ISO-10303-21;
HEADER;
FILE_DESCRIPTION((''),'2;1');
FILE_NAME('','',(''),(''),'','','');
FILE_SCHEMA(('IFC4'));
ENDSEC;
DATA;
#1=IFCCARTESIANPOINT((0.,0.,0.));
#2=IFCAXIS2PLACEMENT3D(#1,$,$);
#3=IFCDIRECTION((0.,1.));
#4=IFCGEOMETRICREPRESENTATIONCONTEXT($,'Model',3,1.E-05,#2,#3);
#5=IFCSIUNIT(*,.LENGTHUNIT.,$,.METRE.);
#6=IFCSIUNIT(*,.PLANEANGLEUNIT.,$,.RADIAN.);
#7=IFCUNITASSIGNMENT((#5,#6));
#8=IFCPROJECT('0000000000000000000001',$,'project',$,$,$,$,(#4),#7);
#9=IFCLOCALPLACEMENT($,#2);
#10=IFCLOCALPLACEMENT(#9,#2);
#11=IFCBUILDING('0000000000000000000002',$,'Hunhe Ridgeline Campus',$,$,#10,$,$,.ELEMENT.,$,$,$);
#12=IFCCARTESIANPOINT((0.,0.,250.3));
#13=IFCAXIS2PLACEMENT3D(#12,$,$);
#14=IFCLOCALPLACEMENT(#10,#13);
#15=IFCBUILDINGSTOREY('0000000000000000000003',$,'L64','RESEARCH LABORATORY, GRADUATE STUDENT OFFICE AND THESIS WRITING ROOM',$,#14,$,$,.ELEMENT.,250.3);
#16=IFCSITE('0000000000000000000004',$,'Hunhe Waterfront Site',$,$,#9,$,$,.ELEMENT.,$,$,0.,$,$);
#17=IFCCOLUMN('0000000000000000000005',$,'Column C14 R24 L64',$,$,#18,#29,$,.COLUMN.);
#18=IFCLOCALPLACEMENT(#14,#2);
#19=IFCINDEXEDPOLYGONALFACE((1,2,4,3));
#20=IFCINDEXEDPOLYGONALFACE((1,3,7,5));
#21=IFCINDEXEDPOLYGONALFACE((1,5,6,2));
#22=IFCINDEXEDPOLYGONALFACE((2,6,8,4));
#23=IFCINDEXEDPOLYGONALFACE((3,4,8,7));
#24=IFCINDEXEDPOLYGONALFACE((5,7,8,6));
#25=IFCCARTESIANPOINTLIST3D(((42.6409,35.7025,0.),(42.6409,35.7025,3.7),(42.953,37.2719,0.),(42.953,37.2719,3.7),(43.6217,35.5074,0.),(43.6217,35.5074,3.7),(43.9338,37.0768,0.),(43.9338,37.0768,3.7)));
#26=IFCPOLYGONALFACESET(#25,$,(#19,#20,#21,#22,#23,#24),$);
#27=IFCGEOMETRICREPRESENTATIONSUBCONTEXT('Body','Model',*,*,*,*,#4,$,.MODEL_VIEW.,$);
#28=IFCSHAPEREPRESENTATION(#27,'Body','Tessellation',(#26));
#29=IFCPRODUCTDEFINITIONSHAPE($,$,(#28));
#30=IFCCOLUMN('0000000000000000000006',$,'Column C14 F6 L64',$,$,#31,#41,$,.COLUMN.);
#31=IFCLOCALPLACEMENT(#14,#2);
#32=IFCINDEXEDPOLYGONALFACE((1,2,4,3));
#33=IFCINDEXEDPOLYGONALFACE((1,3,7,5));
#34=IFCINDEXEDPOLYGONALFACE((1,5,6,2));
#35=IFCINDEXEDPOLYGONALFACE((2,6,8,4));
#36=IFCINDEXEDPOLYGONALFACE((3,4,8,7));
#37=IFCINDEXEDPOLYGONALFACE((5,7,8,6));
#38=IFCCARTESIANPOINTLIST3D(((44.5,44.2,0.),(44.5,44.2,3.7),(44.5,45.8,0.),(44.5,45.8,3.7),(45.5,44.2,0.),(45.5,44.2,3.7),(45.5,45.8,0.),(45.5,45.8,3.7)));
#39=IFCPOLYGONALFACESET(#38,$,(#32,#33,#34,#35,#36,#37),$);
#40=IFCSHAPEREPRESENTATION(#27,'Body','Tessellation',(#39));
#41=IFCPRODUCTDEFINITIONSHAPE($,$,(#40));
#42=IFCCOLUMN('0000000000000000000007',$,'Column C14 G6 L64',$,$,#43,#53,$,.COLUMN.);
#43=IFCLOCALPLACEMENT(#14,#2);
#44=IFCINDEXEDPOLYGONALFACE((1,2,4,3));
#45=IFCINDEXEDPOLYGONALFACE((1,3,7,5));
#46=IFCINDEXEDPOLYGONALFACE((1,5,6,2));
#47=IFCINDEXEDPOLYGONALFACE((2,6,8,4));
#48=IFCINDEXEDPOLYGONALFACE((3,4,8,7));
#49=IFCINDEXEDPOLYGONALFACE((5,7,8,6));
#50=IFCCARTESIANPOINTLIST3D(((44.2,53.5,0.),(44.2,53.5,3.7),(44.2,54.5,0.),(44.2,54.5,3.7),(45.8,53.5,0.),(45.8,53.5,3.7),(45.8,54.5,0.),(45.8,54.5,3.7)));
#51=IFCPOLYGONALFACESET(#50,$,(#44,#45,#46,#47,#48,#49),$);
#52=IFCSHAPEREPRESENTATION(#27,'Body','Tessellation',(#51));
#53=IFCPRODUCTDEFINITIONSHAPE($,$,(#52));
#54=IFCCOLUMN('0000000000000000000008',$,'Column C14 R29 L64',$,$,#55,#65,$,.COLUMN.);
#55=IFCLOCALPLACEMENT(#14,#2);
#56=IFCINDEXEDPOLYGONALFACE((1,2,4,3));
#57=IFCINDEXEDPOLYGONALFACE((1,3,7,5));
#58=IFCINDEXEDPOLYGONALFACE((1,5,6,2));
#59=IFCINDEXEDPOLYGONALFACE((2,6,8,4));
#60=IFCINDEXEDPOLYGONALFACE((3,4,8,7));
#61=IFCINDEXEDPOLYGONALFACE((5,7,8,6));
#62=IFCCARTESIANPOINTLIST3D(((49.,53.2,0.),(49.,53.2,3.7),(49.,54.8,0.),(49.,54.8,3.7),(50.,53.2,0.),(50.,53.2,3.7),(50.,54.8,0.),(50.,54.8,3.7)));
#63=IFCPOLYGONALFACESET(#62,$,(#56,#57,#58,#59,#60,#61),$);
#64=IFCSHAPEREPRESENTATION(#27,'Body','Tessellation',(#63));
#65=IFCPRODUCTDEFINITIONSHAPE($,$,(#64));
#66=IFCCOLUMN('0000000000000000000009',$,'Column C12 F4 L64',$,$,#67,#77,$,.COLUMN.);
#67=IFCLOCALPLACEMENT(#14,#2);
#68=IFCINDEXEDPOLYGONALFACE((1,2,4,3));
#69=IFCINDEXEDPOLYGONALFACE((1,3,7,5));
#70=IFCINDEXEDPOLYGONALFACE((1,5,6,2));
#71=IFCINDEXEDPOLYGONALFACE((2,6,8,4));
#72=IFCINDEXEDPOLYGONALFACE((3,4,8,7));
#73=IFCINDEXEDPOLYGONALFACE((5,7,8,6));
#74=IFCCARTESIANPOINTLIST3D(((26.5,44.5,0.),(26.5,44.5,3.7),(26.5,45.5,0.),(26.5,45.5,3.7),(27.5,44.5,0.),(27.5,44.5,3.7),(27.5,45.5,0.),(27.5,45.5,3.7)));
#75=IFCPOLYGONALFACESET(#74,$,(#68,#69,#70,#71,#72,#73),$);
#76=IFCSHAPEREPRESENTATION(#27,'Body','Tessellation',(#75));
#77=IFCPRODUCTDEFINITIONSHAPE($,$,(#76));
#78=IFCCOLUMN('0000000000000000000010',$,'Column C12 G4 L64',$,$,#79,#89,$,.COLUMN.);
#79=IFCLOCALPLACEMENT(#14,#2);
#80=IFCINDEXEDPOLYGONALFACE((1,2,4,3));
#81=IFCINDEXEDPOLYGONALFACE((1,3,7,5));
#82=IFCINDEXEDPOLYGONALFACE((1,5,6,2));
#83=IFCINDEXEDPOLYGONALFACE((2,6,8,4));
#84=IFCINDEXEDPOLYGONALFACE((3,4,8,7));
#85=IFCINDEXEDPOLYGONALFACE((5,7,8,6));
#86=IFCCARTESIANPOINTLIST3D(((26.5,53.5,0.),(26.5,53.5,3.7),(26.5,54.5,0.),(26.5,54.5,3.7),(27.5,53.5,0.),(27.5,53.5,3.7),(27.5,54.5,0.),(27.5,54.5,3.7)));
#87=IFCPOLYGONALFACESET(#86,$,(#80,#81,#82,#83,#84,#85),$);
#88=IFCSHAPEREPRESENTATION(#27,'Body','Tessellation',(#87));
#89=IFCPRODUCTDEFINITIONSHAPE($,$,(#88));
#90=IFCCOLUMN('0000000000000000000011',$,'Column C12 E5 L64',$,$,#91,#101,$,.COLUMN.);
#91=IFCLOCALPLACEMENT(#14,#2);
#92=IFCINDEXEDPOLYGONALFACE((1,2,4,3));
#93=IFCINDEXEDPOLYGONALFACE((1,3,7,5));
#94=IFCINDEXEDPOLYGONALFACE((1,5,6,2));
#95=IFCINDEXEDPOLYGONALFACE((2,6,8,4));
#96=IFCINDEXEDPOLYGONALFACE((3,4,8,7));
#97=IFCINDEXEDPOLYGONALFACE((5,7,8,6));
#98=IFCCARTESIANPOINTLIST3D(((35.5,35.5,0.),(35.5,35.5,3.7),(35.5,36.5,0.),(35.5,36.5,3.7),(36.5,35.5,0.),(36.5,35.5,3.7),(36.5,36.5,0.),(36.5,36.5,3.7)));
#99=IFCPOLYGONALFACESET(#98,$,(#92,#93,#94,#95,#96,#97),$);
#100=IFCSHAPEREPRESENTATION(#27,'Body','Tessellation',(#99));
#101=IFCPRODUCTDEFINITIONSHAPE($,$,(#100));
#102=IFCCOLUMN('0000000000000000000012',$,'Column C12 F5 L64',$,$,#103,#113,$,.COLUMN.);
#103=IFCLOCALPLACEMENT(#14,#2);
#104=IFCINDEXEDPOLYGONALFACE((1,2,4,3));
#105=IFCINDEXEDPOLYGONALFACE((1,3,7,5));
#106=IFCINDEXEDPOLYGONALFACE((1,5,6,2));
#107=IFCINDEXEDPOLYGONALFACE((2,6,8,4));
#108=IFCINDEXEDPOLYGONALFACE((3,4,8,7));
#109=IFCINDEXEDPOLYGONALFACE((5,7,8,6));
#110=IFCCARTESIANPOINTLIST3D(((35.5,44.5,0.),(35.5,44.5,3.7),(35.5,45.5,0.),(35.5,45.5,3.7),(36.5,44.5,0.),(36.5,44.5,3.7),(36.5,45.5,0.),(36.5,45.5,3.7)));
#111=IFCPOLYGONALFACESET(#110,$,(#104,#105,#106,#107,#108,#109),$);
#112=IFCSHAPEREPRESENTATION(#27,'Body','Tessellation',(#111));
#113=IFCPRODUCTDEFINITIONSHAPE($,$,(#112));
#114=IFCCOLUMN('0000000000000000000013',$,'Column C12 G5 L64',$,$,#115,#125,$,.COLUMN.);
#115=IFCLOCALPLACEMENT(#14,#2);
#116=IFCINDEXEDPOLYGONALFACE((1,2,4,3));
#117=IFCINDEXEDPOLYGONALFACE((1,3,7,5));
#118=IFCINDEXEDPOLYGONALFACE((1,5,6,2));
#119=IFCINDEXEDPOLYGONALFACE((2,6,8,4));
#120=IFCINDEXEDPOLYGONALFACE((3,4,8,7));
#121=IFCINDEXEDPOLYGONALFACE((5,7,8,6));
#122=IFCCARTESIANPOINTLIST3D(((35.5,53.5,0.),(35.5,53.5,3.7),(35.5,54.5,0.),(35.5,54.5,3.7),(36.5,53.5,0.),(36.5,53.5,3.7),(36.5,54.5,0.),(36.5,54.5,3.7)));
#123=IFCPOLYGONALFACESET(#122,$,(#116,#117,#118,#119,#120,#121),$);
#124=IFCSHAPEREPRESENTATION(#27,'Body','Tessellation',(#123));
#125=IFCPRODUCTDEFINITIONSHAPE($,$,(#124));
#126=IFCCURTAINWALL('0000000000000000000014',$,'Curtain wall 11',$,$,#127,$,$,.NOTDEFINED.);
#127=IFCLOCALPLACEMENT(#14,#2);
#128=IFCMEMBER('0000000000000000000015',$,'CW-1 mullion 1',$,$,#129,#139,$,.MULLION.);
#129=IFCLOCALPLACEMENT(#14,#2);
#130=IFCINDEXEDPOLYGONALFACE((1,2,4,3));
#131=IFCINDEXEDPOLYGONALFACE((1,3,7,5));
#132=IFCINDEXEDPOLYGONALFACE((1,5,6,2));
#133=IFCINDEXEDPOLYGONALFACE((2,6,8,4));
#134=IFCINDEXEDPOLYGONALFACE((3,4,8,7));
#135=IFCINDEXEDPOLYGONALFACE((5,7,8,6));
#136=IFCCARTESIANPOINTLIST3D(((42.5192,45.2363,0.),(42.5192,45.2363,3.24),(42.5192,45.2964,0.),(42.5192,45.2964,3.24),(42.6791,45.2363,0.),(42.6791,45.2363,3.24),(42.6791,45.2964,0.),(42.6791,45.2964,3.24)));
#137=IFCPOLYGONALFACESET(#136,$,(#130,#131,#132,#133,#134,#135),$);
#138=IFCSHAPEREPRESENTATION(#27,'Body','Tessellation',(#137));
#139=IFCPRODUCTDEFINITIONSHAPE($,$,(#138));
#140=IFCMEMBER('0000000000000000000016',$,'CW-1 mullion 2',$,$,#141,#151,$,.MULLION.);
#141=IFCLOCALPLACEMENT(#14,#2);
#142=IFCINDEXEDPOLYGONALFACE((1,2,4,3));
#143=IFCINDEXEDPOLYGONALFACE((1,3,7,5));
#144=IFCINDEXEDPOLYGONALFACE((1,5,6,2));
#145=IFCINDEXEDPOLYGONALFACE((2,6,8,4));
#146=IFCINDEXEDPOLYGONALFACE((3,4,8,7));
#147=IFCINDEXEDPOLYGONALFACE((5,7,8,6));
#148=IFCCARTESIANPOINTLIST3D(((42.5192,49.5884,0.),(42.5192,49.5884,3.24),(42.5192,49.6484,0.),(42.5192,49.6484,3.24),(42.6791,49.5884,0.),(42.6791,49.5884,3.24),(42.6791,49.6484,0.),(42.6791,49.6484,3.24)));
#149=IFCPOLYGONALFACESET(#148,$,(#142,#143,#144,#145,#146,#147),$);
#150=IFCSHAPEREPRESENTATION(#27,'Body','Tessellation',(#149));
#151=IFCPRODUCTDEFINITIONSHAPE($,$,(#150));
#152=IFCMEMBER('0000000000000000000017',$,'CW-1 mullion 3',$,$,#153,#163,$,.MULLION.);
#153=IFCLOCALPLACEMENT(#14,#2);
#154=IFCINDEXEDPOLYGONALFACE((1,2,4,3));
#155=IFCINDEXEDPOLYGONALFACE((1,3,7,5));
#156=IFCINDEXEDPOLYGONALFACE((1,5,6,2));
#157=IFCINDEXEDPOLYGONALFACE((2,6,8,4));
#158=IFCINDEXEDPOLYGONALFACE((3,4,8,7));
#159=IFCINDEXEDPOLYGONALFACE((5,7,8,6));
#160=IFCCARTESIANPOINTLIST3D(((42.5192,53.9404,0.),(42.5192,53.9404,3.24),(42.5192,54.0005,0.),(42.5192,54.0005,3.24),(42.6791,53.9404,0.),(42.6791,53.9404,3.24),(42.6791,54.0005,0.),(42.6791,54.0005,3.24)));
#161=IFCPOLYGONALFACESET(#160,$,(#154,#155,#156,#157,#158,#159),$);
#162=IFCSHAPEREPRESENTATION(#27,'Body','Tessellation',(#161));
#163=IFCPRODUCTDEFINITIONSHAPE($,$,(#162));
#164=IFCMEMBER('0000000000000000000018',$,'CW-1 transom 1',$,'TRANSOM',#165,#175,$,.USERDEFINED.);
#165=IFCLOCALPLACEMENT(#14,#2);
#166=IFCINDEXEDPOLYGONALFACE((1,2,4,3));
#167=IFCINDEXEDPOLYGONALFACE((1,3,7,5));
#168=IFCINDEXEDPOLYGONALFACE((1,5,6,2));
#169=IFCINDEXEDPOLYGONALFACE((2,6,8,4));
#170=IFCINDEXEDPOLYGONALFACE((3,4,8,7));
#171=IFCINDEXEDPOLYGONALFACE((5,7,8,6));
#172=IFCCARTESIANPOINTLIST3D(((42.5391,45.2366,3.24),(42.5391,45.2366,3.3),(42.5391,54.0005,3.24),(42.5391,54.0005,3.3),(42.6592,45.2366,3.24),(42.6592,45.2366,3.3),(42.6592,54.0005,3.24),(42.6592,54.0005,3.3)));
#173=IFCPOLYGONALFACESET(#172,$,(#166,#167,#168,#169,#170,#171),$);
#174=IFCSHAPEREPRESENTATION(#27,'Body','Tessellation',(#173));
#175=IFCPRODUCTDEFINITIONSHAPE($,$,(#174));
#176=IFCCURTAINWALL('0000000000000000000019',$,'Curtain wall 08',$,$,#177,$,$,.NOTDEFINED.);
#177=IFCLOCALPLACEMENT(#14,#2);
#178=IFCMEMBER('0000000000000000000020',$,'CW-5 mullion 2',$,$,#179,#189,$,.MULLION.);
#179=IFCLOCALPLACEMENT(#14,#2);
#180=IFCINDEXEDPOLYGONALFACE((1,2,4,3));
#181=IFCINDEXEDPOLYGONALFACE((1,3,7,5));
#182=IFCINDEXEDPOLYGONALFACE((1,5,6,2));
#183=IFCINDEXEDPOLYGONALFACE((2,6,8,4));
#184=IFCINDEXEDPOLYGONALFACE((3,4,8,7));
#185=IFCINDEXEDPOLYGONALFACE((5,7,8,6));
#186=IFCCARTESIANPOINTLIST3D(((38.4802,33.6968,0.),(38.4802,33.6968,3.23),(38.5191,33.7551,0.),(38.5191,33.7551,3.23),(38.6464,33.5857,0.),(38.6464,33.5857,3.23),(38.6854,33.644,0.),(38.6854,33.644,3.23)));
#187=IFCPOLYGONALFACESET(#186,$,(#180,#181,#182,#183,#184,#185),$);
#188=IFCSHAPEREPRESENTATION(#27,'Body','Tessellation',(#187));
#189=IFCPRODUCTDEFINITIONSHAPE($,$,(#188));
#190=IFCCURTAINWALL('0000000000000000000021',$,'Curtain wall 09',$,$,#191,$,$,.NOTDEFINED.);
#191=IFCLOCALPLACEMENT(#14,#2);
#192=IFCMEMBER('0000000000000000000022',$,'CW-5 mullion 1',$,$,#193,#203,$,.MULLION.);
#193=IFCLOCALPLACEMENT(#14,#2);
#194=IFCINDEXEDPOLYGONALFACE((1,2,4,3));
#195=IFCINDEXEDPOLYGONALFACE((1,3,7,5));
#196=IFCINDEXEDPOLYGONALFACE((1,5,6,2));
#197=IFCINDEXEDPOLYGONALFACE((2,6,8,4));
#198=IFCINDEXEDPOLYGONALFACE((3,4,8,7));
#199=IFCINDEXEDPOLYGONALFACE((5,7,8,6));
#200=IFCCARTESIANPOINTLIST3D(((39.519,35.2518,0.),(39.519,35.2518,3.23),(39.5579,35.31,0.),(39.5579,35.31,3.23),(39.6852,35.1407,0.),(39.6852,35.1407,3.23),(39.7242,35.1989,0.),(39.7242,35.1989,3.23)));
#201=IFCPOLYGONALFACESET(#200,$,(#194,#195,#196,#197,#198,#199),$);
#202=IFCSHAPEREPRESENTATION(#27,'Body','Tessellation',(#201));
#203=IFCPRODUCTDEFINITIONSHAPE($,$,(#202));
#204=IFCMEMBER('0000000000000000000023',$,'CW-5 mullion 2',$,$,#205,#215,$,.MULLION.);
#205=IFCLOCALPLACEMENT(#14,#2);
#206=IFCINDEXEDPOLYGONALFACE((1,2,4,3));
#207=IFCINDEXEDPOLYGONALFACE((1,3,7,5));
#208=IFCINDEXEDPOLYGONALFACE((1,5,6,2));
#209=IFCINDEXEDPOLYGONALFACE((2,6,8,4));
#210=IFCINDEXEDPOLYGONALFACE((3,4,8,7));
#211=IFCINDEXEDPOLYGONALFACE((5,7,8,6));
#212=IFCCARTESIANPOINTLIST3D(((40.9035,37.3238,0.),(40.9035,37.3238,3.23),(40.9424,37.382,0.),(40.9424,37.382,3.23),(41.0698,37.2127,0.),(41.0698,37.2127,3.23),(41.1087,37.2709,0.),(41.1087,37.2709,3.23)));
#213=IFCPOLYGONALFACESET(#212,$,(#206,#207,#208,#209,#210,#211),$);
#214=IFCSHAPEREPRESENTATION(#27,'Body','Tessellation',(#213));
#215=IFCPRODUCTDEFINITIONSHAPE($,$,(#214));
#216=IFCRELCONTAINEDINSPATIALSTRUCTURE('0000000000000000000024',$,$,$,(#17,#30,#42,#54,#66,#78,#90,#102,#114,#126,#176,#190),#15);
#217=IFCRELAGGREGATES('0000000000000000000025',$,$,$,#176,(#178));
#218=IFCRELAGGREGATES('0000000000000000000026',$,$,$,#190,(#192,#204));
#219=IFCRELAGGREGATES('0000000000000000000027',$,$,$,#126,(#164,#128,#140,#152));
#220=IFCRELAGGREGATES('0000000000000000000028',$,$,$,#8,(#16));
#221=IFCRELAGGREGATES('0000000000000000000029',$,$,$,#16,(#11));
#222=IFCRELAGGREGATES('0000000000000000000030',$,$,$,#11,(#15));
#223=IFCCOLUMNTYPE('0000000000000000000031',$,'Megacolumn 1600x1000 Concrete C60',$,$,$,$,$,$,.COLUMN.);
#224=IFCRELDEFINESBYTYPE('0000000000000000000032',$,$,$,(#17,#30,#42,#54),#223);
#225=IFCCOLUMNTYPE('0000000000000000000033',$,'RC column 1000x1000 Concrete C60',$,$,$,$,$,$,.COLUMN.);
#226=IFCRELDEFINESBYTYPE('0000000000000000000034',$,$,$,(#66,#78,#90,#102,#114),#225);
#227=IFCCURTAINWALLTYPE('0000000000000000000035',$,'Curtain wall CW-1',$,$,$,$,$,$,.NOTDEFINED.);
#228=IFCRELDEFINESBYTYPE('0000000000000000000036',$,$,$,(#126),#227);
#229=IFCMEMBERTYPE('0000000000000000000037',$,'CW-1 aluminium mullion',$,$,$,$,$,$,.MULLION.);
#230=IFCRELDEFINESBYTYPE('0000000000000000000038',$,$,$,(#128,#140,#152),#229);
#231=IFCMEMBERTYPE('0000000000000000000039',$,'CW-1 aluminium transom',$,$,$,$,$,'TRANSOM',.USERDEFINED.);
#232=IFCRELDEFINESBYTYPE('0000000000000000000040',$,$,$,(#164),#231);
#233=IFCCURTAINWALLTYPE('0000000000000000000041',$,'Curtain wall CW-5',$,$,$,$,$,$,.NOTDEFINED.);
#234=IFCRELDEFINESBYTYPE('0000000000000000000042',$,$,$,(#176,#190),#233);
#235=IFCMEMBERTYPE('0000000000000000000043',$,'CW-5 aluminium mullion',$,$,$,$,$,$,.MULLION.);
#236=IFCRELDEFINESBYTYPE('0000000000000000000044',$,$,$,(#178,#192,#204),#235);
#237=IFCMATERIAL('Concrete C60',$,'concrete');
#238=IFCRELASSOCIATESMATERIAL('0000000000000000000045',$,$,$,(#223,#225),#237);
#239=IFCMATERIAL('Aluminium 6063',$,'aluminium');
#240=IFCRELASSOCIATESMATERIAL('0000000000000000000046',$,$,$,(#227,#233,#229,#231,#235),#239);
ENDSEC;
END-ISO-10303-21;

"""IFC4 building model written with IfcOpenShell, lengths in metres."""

from ifc_helpers import new_model, si_unit, direction, frame, origin, origin_2d, place, context, subcontext, project, spatial, rectangle, extrude, material, material_profile, profile_set, type_object, element, aggregate, save


model = new_model("IFC4")

# Units and contexts
model_context = context("Model", 3, precision=1e-05, world=origin(), true_north=direction((0.0, 1.0)))
body_context = subcontext(model_context, "Body", "Model", "MODEL_VIEW")
ifc_project = project(units=[si_unit("LENGTHUNIT", "METRE"), si_unit("PLANEANGLEUNIT", "RADIAN")], contexts=[model_context])

# Site, building, storey
site_placement = place(None, origin())
site = spatial("IfcSite", under=ifc_project, at=site_placement, Name="Hunhe Waterfront Site", CompositionType="ELEMENT", RefElevation=0.0)
building_placement = place(site_placement, origin())
building = spatial("IfcBuilding", under=site, at=building_placement, Name="Hunhe Ridgeline Campus", CompositionType="ELEMENT")
storey_placement = place(building_placement, frame((0.0, 0.0, 250.3)))
storey = spatial("IfcBuildingStorey", under=building, at=storey_placement, Name="L64", Description="RESEARCH LABORATORY, GRADUATE STUDENT OFFICE AND THESIS WRITING ROOM", CompositionType="ELEMENT", Elevation=250.3)

# Columns
ifc_material_1 = material(Name="Concrete C60", Category="concrete")
ifc_material_profile_1 = material_profile(ifc_material_1, rectangle(XDim=1.6001, YDim=1.0, at=origin_2d()))
ifc_profile_set_1 = profile_set([ifc_material_profile_1], Name="Concrete C60")
column_type_1 = type_object("IfcColumnType", Name="Megacolumn 1600x1000 Concrete C60", PredefinedType="COLUMN", material=ifc_profile_set_1)
for number, where, z_axis, x_axis, name in (
    (1, (43.2874, 36.3896, 0.0), (0.0, 0.0, 1.0), (0.19509, 0.980785, 0.0), "Column C14 R24 L64"),
    (2, (45.0, 45.0, 0.0), (0.0, 0.0, 1.0), (0.0, 1.0, 0.0), "Column C14 F6 L64"),
    (3, (45.0, 54.0, 0.0), (0.0, 0.0, 1.0), (1.0, 0.0, 0.0), "Column C14 G6 L64"),
    (4, (49.5, 54.0, 0.0), (0.0, 0.0, 1.0), (0.0, 1.0, 0.0), "Column C14 R29 L64"),
):
    element("IfcColumn", number, at=place(storey_placement, frame(where, z_axis=z_axis, x_axis=x_axis)), inside=storey, type_object=column_type_1, Name=name, PredefinedType="COLUMN", context=body_context, shape_type="SweptSolid", body=[
        extrude(rectangle(XDim=1.6001, YDim=1.0, at=origin_2d()), origin(), (0.0, 0.0, 1.0), 3.7),
    ])
ifc_material_profile_2 = material_profile(ifc_material_1, rectangle(XDim=1.0, YDim=1.0, at=origin_2d()))
ifc_profile_set_2 = profile_set([ifc_material_profile_2], Name="Concrete C60")
column_type_2 = type_object("IfcColumnType", Name="RC column 1000x1000 Concrete C60", PredefinedType="COLUMN", material=ifc_profile_set_2)
for number, where, z_axis, x_axis, name in (
    (5, (27.0, 45.0, 0.0), (0.0, 0.0, 1.0), (1.0, 0.0, 0.0), "Column C12 F4 L64"),
    (6, (27.0, 54.0, 0.0), (0.0, 0.0, 1.0), (1.0, 0.0, 0.0), "Column C12 G4 L64"),
    (7, (36.0, 36.0, 0.0), (0.0, 0.0, 1.0), (1.0, 0.0, 0.0), "Column C12 E5 L64"),
    (8, (36.0, 45.0, 0.0), (0.0, 0.0, 1.0), (1.0, 0.0, 0.0), "Column C12 F5 L64"),
    (9, (36.0, 54.0, 0.0), (0.0, 0.0, 1.0), (1.0, 0.0, 0.0), "Column C12 G5 L64"),
):
    element("IfcColumn", number, at=place(storey_placement, frame(where, z_axis=z_axis, x_axis=x_axis)), inside=storey, type_object=column_type_2, Name=name, PredefinedType="COLUMN", context=body_context, shape_type="SweptSolid", body=[
        extrude(rectangle(XDim=1.0, YDim=1.0, at=origin_2d()), origin(), (0.0, 0.0, 1.0), 3.7),
    ])

# Curtain wall, members
ifc_material_2 = material(Name="Aluminium 6063", Category="aluminium")
curtain_wall_type_1 = type_object("IfcCurtainWallType", Name="Curtain wall CW-1", PredefinedType="NOTDEFINED", material=ifc_material_2)
curtain_wall_1_placement = place(storey_placement, origin())
curtain_wall_1 = element("IfcCurtainWall", 10, at=curtain_wall_1_placement, inside=storey, type_object=curtain_wall_type_1, Name="Curtain wall 11", PredefinedType="NOTDEFINED")
ifc_material_profile_3 = material_profile(ifc_material_2, rectangle(XDim=0.1599, YDim=0.0601, at=origin_2d()))
ifc_profile_set_3 = profile_set([ifc_material_profile_3], Name="Aluminium 6063")
member_type_1 = type_object("IfcMemberType", Name="CW-1 aluminium mullion", PredefinedType="MULLION", material=ifc_profile_set_3)
member_1_placement = place(storey_placement, frame((42.5991, 45.2664, 0.0), z_axis=(0.0, 0.0, 1.0), x_axis=(-1.0, 0.000019, 0.0)))
member_1 = element("IfcMember", 11, at=member_1_placement, type_object=member_type_1, Name="CW-1 mullion 1", PredefinedType="MULLION", context=body_context, shape_type="SweptSolid", body=[
    extrude(rectangle(XDim=0.1599, YDim=0.0601, at=origin_2d()), origin(), (0.0, 0.0, 1.0), 3.24),
])
member_2_placement = place(storey_placement, frame((42.5991, 49.6184, 0.0), z_axis=(0.0, 0.0, 1.0), x_axis=(-1.0, 0.000019, 0.0)))
member_2 = element("IfcMember", 12, at=member_2_placement, type_object=member_type_1, Name="CW-1 mullion 2", PredefinedType="MULLION", context=body_context, shape_type="SweptSolid", body=[
    extrude(rectangle(XDim=0.1599, YDim=0.0601, at=origin_2d()), origin(), (0.0, 0.0, 1.0), 3.24),
])
member_3_placement = place(storey_placement, frame((42.5991, 53.9705, 0.0), z_axis=(0.0, 0.0, 1.0), x_axis=(-1.0, 0.000019, 0.0)))
member_3 = element("IfcMember", 13, at=member_3_placement, type_object=member_type_1, Name="CW-1 mullion 3", PredefinedType="MULLION", context=body_context, shape_type="SweptSolid", body=[
    extrude(rectangle(XDim=0.1599, YDim=0.0601, at=origin_2d()), origin(), (0.0, 0.0, 1.0), 3.24),
])
ifc_material_profile_4 = material_profile(ifc_material_2, rectangle(XDim=0.1201, YDim=0.0601, at=origin_2d()))
ifc_profile_set_4 = profile_set([ifc_material_profile_4], Name="Aluminium 6063")
member_type_2 = type_object("IfcMemberType", Name="CW-1 aluminium transom", ElementType="TRANSOM", PredefinedType="USERDEFINED", material=ifc_profile_set_4)
member_4_placement = place(storey_placement, frame((42.5991, 45.2366, 3.27), z_axis=(0.0, 1.0, 0.0), x_axis=(-1.0, 0.0, 0.0)))
member_4 = element("IfcMember", 14, at=member_4_placement, type_object=member_type_2, Name="CW-1 transom 1", ObjectType="TRANSOM", PredefinedType="USERDEFINED", context=body_context, shape_type="SweptSolid", body=[
    extrude(rectangle(XDim=0.1201, YDim=0.0601, at=origin_2d()), origin(), (0.0, 0.0, 1.0), 8.7639),
])

# Curtain wall, member
curtain_wall_type_2 = type_object("IfcCurtainWallType", Name="Curtain wall CW-5", PredefinedType="NOTDEFINED", material=ifc_material_2)
curtain_wall_2_placement = place(storey_placement, origin())
curtain_wall_2 = element("IfcCurtainWall", 15, at=curtain_wall_2_placement, inside=storey, type_object=curtain_wall_type_2, Name="Curtain wall 08", PredefinedType="NOTDEFINED")
ifc_material_profile_5 = material_profile(ifc_material_2, rectangle(XDim=0.2, YDim=0.0701, at=origin_2d()))
ifc_profile_set_5 = profile_set([ifc_material_profile_5], Name="Aluminium 6063")
member_type_3 = type_object("IfcMemberType", Name="CW-5 aluminium mullion", PredefinedType="MULLION", material=ifc_profile_set_5)
member_5_placement = place(storey_placement, frame((38.5828, 33.6704, 0.0), z_axis=(0.0, 0.0, 1.0), x_axis=(-0.83147, 0.55557, 0.0)))
member_5 = element("IfcMember", 16, at=member_5_placement, type_object=member_type_3, Name="CW-5 mullion 2", PredefinedType="MULLION", context=body_context, shape_type="SweptSolid", body=[
    extrude(rectangle(XDim=0.2, YDim=0.0701, at=origin_2d()), origin(), (0.0, 0.0, 1.0), 3.23),
])
aggregate(curtain_wall_2, [member_5])

# Curtain wall, members
curtain_wall_3_placement = place(storey_placement, origin())
curtain_wall_3 = element("IfcCurtainWall", 17, at=curtain_wall_3_placement, inside=storey, type_object=curtain_wall_type_2, Name="Curtain wall 09", PredefinedType="NOTDEFINED")
member_6_placement = place(storey_placement, frame((39.6216, 35.2253, 0.0), z_axis=(0.0, 0.0, 1.0), x_axis=(-0.83147, 0.55557, 0.0)))
member_6 = element("IfcMember", 18, at=member_6_placement, type_object=member_type_3, Name="CW-5 mullion 1", PredefinedType="MULLION", context=body_context, shape_type="SweptSolid", body=[
    extrude(rectangle(XDim=0.2, YDim=0.0701, at=origin_2d()), origin(), (0.0, 0.0, 1.0), 3.23),
])
member_7_placement = place(storey_placement, frame((41.0061, 37.2974, 0.0), z_axis=(0.0, 0.0, 1.0), x_axis=(-0.83147, 0.55557, 0.0)))
member_7 = element("IfcMember", 19, at=member_7_placement, type_object=member_type_3, Name="CW-5 mullion 2", PredefinedType="MULLION", context=body_context, shape_type="SweptSolid", body=[
    extrude(rectangle(XDim=0.2, YDim=0.0701, at=origin_2d()), origin(), (0.0, 0.0, 1.0), 3.23),
])

aggregate(curtain_wall_3, [member_6, member_7])
aggregate(curtain_wall_1, [member_4, member_1, member_2, member_3])

save(model, "model.ifc")
